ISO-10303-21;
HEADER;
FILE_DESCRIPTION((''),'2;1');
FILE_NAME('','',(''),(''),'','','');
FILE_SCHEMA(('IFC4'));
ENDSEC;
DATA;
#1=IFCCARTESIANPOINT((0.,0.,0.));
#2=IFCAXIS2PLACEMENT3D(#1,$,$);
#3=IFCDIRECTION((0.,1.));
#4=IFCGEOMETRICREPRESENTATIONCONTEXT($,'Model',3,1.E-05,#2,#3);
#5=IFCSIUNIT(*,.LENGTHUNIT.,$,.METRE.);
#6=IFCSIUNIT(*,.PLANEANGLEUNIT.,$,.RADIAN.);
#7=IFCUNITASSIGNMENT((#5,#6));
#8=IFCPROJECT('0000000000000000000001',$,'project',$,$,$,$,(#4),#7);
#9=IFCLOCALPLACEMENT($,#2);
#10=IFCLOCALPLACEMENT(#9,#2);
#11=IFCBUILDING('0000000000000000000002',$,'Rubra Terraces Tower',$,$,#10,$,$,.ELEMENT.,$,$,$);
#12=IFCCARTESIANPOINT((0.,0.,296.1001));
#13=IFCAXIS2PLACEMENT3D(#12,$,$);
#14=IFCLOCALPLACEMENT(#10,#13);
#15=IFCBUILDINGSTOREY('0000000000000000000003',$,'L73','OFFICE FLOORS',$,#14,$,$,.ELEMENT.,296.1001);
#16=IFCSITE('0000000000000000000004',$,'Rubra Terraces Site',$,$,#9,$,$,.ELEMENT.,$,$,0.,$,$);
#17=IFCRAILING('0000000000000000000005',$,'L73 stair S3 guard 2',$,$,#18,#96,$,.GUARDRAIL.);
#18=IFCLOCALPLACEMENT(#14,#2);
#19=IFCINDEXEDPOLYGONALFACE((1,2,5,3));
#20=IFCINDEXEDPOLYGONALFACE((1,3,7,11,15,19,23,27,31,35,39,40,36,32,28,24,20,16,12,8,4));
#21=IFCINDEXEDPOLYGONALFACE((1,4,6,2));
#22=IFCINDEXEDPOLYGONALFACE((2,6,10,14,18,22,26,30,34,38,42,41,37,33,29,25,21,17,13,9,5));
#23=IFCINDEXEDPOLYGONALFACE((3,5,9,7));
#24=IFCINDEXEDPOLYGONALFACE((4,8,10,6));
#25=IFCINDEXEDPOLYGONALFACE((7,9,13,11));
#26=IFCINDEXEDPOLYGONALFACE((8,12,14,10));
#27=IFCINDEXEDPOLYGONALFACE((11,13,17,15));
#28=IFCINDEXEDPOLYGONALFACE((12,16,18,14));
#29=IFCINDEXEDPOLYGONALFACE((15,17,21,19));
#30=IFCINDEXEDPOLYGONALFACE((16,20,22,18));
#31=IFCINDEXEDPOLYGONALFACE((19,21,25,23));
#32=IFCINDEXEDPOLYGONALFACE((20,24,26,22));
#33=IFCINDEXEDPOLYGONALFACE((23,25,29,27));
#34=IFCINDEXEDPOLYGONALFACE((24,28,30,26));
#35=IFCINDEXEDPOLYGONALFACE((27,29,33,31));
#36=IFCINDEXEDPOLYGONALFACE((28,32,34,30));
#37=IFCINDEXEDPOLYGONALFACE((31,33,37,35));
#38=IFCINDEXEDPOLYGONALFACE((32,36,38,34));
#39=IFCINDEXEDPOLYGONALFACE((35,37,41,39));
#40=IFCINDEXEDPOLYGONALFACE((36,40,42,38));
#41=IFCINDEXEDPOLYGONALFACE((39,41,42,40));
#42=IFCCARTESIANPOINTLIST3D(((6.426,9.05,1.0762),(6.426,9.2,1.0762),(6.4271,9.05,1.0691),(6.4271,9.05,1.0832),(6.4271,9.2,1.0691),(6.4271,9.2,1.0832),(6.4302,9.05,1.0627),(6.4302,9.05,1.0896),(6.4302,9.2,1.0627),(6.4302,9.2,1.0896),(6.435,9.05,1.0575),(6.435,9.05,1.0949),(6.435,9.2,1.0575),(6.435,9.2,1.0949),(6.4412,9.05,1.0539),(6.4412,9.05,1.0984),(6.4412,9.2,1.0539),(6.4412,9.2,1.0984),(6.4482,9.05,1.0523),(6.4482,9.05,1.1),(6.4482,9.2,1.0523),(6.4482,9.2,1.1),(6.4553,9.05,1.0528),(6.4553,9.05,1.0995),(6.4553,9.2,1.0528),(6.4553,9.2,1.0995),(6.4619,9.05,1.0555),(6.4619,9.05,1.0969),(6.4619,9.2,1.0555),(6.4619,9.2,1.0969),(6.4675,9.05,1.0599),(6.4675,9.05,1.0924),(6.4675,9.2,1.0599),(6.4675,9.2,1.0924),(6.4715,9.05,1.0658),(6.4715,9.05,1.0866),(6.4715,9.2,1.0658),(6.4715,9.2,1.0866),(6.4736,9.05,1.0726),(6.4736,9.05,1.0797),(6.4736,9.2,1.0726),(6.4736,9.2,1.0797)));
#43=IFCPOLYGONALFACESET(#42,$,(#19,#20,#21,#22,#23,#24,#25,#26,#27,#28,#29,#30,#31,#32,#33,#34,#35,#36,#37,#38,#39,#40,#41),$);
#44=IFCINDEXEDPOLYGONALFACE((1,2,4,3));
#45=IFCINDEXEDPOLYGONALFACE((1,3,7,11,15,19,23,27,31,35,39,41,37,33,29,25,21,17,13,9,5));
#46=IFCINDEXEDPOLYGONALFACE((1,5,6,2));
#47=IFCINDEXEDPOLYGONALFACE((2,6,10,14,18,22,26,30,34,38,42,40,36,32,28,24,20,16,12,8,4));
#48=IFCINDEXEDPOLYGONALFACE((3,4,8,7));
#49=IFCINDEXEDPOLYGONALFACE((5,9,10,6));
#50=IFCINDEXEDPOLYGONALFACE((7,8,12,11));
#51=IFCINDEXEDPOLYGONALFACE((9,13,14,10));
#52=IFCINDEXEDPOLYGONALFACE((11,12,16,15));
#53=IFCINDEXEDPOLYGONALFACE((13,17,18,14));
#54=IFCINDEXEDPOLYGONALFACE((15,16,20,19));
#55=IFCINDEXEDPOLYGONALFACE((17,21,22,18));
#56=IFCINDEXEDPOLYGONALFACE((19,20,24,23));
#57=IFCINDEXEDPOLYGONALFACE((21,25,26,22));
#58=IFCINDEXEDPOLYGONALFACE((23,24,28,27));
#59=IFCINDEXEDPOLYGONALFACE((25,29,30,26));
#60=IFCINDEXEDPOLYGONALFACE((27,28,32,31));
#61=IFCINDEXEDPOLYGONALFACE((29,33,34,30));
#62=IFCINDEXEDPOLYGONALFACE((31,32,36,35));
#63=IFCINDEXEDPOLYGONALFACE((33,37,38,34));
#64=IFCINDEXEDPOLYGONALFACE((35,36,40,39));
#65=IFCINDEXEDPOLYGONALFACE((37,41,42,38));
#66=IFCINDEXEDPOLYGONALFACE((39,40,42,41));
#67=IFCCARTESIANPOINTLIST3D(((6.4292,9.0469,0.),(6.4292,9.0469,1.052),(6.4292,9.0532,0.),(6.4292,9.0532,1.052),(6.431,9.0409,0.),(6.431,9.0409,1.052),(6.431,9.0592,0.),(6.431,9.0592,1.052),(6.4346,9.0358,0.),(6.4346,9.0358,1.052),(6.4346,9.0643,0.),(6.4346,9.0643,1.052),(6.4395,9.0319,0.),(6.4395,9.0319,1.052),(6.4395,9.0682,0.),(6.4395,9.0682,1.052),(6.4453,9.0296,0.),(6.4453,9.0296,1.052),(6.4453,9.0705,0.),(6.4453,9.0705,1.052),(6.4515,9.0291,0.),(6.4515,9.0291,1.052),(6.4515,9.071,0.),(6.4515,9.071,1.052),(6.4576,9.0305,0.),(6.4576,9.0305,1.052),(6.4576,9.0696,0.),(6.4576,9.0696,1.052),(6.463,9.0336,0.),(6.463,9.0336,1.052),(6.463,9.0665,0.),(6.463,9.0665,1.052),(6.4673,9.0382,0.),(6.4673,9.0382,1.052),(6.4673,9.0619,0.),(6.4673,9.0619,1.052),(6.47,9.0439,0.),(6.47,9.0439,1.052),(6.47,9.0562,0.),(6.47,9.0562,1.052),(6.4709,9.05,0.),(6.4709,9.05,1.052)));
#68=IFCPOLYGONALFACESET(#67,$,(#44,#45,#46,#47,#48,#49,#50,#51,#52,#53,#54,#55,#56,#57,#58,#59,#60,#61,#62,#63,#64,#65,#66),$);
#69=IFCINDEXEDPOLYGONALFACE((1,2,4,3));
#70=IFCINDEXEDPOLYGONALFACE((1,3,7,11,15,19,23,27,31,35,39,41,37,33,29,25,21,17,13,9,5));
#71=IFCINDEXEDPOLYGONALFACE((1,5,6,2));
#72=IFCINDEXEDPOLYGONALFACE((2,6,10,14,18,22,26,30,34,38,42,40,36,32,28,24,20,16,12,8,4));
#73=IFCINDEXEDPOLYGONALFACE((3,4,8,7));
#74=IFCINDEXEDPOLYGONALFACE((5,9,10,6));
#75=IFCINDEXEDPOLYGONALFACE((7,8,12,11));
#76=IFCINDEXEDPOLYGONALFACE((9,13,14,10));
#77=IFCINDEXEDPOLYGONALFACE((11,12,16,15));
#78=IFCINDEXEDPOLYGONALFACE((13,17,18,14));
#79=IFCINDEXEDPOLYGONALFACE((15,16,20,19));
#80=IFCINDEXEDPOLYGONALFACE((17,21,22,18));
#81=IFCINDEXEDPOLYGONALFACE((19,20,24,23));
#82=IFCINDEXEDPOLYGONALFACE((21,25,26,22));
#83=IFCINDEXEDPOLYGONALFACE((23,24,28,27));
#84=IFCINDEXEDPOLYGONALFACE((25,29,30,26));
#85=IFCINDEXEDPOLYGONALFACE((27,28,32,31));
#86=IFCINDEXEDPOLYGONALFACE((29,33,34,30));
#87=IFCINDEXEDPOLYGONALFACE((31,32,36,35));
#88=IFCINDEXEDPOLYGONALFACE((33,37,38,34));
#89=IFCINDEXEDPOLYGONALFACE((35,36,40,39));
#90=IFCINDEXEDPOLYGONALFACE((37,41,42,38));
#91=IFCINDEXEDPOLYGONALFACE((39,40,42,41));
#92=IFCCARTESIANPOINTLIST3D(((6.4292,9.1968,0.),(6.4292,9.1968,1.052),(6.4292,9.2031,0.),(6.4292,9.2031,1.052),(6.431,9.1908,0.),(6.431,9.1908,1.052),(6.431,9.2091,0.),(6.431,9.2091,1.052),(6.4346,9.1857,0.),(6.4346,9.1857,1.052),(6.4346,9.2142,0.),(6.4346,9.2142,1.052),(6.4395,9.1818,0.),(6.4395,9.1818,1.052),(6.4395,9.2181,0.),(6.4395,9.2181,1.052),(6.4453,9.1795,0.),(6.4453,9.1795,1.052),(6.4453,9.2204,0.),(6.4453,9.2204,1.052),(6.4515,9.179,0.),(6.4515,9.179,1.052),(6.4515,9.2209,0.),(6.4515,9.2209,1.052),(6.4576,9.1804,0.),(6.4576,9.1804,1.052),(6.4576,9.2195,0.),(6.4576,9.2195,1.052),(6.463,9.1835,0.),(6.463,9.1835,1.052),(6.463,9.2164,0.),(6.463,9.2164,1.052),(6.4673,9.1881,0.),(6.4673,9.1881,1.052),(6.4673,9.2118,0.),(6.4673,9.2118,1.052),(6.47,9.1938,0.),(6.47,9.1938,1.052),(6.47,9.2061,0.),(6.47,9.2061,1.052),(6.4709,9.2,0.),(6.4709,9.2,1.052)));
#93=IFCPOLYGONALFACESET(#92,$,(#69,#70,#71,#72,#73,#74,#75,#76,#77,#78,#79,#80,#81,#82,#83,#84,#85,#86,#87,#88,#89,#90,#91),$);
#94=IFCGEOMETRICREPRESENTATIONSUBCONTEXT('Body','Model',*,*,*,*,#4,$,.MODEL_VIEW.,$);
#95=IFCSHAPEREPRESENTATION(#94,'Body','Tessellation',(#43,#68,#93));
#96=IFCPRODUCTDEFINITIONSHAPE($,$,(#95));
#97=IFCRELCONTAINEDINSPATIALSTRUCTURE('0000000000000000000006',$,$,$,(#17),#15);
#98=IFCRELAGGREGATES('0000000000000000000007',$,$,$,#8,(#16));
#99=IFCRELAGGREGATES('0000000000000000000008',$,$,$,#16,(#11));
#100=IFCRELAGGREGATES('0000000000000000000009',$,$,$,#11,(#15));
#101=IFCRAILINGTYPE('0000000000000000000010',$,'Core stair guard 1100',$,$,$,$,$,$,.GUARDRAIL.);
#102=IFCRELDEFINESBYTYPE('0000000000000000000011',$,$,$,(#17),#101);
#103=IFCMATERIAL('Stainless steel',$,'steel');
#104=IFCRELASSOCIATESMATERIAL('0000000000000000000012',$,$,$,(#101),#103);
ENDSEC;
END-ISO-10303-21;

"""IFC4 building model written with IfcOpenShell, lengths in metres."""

from ifc_helpers import new_model, si_unit, direction, frame, origin, origin_2d, place, context, subcontext, project, spatial, circle, extrude, material, type_object, element, save


model = new_model("IFC4")

# Units and contexts
model_context = context("Model", 3, precision=1e-05, world=origin(), true_north=direction((0.0, 1.0)))
body_context = subcontext(model_context, "Body", "Model", "MODEL_VIEW")
ifc_project = project(units=[si_unit("LENGTHUNIT", "METRE"), si_unit("PLANEANGLEUNIT", "RADIAN")], contexts=[model_context])

# Site, building, storey
site_placement = place(None, origin())
site = spatial("IfcSite", under=ifc_project, at=site_placement, Name="Rubra Terraces Site", CompositionType="ELEMENT", RefElevation=0.0)
building_placement = place(site_placement, origin())
building = spatial("IfcBuilding", under=site, at=building_placement, Name="Rubra Terraces Tower", CompositionType="ELEMENT")
storey_placement = place(building_placement, frame((0.0, 0.0, 296.1001)))
storey = spatial("IfcBuildingStorey", under=building, at=storey_placement, Name="L73", Description="OFFICE FLOORS", CompositionType="ELEMENT", Elevation=296.1001)

# Shared definitions
ifc_material_1 = material(Name="Stainless steel", Category="steel")

# Railing
railing_type_1 = type_object("IfcRailingType", Name="Core stair guard 1100", PredefinedType="GUARDRAIL", material=ifc_material_1)
railing_1_placement = place(storey_placement, frame((6.45, 9.05, 0.0)))
element("IfcRailing", 1, at=railing_1_placement, inside=storey, type_object=railing_type_1, Name="L73 stair S3 guard 2", PredefinedType="GUARDRAIL", context=body_context, shape_type="SweptSolid", body=[
    extrude(circle(Radius=0.0239, at=origin_2d()), frame((0.0, 0.0, 1.0762), z_axis=(0.0, 1.0, 0.0), x_axis=(-1.0, 0.0, 0.0)), (0.0, 0.0, 1.0), 0.1499),
    extrude(circle(Radius=0.021, at=origin_2d()), origin(), (0.0, 0.0, 1.0), 1.052),
    extrude(circle(Radius=0.021, at=origin_2d()), frame((0.0, 0.1499, 0.0)), (0.0, 0.0, 1.0), 1.052),
])

save(model, "model.ifc")
